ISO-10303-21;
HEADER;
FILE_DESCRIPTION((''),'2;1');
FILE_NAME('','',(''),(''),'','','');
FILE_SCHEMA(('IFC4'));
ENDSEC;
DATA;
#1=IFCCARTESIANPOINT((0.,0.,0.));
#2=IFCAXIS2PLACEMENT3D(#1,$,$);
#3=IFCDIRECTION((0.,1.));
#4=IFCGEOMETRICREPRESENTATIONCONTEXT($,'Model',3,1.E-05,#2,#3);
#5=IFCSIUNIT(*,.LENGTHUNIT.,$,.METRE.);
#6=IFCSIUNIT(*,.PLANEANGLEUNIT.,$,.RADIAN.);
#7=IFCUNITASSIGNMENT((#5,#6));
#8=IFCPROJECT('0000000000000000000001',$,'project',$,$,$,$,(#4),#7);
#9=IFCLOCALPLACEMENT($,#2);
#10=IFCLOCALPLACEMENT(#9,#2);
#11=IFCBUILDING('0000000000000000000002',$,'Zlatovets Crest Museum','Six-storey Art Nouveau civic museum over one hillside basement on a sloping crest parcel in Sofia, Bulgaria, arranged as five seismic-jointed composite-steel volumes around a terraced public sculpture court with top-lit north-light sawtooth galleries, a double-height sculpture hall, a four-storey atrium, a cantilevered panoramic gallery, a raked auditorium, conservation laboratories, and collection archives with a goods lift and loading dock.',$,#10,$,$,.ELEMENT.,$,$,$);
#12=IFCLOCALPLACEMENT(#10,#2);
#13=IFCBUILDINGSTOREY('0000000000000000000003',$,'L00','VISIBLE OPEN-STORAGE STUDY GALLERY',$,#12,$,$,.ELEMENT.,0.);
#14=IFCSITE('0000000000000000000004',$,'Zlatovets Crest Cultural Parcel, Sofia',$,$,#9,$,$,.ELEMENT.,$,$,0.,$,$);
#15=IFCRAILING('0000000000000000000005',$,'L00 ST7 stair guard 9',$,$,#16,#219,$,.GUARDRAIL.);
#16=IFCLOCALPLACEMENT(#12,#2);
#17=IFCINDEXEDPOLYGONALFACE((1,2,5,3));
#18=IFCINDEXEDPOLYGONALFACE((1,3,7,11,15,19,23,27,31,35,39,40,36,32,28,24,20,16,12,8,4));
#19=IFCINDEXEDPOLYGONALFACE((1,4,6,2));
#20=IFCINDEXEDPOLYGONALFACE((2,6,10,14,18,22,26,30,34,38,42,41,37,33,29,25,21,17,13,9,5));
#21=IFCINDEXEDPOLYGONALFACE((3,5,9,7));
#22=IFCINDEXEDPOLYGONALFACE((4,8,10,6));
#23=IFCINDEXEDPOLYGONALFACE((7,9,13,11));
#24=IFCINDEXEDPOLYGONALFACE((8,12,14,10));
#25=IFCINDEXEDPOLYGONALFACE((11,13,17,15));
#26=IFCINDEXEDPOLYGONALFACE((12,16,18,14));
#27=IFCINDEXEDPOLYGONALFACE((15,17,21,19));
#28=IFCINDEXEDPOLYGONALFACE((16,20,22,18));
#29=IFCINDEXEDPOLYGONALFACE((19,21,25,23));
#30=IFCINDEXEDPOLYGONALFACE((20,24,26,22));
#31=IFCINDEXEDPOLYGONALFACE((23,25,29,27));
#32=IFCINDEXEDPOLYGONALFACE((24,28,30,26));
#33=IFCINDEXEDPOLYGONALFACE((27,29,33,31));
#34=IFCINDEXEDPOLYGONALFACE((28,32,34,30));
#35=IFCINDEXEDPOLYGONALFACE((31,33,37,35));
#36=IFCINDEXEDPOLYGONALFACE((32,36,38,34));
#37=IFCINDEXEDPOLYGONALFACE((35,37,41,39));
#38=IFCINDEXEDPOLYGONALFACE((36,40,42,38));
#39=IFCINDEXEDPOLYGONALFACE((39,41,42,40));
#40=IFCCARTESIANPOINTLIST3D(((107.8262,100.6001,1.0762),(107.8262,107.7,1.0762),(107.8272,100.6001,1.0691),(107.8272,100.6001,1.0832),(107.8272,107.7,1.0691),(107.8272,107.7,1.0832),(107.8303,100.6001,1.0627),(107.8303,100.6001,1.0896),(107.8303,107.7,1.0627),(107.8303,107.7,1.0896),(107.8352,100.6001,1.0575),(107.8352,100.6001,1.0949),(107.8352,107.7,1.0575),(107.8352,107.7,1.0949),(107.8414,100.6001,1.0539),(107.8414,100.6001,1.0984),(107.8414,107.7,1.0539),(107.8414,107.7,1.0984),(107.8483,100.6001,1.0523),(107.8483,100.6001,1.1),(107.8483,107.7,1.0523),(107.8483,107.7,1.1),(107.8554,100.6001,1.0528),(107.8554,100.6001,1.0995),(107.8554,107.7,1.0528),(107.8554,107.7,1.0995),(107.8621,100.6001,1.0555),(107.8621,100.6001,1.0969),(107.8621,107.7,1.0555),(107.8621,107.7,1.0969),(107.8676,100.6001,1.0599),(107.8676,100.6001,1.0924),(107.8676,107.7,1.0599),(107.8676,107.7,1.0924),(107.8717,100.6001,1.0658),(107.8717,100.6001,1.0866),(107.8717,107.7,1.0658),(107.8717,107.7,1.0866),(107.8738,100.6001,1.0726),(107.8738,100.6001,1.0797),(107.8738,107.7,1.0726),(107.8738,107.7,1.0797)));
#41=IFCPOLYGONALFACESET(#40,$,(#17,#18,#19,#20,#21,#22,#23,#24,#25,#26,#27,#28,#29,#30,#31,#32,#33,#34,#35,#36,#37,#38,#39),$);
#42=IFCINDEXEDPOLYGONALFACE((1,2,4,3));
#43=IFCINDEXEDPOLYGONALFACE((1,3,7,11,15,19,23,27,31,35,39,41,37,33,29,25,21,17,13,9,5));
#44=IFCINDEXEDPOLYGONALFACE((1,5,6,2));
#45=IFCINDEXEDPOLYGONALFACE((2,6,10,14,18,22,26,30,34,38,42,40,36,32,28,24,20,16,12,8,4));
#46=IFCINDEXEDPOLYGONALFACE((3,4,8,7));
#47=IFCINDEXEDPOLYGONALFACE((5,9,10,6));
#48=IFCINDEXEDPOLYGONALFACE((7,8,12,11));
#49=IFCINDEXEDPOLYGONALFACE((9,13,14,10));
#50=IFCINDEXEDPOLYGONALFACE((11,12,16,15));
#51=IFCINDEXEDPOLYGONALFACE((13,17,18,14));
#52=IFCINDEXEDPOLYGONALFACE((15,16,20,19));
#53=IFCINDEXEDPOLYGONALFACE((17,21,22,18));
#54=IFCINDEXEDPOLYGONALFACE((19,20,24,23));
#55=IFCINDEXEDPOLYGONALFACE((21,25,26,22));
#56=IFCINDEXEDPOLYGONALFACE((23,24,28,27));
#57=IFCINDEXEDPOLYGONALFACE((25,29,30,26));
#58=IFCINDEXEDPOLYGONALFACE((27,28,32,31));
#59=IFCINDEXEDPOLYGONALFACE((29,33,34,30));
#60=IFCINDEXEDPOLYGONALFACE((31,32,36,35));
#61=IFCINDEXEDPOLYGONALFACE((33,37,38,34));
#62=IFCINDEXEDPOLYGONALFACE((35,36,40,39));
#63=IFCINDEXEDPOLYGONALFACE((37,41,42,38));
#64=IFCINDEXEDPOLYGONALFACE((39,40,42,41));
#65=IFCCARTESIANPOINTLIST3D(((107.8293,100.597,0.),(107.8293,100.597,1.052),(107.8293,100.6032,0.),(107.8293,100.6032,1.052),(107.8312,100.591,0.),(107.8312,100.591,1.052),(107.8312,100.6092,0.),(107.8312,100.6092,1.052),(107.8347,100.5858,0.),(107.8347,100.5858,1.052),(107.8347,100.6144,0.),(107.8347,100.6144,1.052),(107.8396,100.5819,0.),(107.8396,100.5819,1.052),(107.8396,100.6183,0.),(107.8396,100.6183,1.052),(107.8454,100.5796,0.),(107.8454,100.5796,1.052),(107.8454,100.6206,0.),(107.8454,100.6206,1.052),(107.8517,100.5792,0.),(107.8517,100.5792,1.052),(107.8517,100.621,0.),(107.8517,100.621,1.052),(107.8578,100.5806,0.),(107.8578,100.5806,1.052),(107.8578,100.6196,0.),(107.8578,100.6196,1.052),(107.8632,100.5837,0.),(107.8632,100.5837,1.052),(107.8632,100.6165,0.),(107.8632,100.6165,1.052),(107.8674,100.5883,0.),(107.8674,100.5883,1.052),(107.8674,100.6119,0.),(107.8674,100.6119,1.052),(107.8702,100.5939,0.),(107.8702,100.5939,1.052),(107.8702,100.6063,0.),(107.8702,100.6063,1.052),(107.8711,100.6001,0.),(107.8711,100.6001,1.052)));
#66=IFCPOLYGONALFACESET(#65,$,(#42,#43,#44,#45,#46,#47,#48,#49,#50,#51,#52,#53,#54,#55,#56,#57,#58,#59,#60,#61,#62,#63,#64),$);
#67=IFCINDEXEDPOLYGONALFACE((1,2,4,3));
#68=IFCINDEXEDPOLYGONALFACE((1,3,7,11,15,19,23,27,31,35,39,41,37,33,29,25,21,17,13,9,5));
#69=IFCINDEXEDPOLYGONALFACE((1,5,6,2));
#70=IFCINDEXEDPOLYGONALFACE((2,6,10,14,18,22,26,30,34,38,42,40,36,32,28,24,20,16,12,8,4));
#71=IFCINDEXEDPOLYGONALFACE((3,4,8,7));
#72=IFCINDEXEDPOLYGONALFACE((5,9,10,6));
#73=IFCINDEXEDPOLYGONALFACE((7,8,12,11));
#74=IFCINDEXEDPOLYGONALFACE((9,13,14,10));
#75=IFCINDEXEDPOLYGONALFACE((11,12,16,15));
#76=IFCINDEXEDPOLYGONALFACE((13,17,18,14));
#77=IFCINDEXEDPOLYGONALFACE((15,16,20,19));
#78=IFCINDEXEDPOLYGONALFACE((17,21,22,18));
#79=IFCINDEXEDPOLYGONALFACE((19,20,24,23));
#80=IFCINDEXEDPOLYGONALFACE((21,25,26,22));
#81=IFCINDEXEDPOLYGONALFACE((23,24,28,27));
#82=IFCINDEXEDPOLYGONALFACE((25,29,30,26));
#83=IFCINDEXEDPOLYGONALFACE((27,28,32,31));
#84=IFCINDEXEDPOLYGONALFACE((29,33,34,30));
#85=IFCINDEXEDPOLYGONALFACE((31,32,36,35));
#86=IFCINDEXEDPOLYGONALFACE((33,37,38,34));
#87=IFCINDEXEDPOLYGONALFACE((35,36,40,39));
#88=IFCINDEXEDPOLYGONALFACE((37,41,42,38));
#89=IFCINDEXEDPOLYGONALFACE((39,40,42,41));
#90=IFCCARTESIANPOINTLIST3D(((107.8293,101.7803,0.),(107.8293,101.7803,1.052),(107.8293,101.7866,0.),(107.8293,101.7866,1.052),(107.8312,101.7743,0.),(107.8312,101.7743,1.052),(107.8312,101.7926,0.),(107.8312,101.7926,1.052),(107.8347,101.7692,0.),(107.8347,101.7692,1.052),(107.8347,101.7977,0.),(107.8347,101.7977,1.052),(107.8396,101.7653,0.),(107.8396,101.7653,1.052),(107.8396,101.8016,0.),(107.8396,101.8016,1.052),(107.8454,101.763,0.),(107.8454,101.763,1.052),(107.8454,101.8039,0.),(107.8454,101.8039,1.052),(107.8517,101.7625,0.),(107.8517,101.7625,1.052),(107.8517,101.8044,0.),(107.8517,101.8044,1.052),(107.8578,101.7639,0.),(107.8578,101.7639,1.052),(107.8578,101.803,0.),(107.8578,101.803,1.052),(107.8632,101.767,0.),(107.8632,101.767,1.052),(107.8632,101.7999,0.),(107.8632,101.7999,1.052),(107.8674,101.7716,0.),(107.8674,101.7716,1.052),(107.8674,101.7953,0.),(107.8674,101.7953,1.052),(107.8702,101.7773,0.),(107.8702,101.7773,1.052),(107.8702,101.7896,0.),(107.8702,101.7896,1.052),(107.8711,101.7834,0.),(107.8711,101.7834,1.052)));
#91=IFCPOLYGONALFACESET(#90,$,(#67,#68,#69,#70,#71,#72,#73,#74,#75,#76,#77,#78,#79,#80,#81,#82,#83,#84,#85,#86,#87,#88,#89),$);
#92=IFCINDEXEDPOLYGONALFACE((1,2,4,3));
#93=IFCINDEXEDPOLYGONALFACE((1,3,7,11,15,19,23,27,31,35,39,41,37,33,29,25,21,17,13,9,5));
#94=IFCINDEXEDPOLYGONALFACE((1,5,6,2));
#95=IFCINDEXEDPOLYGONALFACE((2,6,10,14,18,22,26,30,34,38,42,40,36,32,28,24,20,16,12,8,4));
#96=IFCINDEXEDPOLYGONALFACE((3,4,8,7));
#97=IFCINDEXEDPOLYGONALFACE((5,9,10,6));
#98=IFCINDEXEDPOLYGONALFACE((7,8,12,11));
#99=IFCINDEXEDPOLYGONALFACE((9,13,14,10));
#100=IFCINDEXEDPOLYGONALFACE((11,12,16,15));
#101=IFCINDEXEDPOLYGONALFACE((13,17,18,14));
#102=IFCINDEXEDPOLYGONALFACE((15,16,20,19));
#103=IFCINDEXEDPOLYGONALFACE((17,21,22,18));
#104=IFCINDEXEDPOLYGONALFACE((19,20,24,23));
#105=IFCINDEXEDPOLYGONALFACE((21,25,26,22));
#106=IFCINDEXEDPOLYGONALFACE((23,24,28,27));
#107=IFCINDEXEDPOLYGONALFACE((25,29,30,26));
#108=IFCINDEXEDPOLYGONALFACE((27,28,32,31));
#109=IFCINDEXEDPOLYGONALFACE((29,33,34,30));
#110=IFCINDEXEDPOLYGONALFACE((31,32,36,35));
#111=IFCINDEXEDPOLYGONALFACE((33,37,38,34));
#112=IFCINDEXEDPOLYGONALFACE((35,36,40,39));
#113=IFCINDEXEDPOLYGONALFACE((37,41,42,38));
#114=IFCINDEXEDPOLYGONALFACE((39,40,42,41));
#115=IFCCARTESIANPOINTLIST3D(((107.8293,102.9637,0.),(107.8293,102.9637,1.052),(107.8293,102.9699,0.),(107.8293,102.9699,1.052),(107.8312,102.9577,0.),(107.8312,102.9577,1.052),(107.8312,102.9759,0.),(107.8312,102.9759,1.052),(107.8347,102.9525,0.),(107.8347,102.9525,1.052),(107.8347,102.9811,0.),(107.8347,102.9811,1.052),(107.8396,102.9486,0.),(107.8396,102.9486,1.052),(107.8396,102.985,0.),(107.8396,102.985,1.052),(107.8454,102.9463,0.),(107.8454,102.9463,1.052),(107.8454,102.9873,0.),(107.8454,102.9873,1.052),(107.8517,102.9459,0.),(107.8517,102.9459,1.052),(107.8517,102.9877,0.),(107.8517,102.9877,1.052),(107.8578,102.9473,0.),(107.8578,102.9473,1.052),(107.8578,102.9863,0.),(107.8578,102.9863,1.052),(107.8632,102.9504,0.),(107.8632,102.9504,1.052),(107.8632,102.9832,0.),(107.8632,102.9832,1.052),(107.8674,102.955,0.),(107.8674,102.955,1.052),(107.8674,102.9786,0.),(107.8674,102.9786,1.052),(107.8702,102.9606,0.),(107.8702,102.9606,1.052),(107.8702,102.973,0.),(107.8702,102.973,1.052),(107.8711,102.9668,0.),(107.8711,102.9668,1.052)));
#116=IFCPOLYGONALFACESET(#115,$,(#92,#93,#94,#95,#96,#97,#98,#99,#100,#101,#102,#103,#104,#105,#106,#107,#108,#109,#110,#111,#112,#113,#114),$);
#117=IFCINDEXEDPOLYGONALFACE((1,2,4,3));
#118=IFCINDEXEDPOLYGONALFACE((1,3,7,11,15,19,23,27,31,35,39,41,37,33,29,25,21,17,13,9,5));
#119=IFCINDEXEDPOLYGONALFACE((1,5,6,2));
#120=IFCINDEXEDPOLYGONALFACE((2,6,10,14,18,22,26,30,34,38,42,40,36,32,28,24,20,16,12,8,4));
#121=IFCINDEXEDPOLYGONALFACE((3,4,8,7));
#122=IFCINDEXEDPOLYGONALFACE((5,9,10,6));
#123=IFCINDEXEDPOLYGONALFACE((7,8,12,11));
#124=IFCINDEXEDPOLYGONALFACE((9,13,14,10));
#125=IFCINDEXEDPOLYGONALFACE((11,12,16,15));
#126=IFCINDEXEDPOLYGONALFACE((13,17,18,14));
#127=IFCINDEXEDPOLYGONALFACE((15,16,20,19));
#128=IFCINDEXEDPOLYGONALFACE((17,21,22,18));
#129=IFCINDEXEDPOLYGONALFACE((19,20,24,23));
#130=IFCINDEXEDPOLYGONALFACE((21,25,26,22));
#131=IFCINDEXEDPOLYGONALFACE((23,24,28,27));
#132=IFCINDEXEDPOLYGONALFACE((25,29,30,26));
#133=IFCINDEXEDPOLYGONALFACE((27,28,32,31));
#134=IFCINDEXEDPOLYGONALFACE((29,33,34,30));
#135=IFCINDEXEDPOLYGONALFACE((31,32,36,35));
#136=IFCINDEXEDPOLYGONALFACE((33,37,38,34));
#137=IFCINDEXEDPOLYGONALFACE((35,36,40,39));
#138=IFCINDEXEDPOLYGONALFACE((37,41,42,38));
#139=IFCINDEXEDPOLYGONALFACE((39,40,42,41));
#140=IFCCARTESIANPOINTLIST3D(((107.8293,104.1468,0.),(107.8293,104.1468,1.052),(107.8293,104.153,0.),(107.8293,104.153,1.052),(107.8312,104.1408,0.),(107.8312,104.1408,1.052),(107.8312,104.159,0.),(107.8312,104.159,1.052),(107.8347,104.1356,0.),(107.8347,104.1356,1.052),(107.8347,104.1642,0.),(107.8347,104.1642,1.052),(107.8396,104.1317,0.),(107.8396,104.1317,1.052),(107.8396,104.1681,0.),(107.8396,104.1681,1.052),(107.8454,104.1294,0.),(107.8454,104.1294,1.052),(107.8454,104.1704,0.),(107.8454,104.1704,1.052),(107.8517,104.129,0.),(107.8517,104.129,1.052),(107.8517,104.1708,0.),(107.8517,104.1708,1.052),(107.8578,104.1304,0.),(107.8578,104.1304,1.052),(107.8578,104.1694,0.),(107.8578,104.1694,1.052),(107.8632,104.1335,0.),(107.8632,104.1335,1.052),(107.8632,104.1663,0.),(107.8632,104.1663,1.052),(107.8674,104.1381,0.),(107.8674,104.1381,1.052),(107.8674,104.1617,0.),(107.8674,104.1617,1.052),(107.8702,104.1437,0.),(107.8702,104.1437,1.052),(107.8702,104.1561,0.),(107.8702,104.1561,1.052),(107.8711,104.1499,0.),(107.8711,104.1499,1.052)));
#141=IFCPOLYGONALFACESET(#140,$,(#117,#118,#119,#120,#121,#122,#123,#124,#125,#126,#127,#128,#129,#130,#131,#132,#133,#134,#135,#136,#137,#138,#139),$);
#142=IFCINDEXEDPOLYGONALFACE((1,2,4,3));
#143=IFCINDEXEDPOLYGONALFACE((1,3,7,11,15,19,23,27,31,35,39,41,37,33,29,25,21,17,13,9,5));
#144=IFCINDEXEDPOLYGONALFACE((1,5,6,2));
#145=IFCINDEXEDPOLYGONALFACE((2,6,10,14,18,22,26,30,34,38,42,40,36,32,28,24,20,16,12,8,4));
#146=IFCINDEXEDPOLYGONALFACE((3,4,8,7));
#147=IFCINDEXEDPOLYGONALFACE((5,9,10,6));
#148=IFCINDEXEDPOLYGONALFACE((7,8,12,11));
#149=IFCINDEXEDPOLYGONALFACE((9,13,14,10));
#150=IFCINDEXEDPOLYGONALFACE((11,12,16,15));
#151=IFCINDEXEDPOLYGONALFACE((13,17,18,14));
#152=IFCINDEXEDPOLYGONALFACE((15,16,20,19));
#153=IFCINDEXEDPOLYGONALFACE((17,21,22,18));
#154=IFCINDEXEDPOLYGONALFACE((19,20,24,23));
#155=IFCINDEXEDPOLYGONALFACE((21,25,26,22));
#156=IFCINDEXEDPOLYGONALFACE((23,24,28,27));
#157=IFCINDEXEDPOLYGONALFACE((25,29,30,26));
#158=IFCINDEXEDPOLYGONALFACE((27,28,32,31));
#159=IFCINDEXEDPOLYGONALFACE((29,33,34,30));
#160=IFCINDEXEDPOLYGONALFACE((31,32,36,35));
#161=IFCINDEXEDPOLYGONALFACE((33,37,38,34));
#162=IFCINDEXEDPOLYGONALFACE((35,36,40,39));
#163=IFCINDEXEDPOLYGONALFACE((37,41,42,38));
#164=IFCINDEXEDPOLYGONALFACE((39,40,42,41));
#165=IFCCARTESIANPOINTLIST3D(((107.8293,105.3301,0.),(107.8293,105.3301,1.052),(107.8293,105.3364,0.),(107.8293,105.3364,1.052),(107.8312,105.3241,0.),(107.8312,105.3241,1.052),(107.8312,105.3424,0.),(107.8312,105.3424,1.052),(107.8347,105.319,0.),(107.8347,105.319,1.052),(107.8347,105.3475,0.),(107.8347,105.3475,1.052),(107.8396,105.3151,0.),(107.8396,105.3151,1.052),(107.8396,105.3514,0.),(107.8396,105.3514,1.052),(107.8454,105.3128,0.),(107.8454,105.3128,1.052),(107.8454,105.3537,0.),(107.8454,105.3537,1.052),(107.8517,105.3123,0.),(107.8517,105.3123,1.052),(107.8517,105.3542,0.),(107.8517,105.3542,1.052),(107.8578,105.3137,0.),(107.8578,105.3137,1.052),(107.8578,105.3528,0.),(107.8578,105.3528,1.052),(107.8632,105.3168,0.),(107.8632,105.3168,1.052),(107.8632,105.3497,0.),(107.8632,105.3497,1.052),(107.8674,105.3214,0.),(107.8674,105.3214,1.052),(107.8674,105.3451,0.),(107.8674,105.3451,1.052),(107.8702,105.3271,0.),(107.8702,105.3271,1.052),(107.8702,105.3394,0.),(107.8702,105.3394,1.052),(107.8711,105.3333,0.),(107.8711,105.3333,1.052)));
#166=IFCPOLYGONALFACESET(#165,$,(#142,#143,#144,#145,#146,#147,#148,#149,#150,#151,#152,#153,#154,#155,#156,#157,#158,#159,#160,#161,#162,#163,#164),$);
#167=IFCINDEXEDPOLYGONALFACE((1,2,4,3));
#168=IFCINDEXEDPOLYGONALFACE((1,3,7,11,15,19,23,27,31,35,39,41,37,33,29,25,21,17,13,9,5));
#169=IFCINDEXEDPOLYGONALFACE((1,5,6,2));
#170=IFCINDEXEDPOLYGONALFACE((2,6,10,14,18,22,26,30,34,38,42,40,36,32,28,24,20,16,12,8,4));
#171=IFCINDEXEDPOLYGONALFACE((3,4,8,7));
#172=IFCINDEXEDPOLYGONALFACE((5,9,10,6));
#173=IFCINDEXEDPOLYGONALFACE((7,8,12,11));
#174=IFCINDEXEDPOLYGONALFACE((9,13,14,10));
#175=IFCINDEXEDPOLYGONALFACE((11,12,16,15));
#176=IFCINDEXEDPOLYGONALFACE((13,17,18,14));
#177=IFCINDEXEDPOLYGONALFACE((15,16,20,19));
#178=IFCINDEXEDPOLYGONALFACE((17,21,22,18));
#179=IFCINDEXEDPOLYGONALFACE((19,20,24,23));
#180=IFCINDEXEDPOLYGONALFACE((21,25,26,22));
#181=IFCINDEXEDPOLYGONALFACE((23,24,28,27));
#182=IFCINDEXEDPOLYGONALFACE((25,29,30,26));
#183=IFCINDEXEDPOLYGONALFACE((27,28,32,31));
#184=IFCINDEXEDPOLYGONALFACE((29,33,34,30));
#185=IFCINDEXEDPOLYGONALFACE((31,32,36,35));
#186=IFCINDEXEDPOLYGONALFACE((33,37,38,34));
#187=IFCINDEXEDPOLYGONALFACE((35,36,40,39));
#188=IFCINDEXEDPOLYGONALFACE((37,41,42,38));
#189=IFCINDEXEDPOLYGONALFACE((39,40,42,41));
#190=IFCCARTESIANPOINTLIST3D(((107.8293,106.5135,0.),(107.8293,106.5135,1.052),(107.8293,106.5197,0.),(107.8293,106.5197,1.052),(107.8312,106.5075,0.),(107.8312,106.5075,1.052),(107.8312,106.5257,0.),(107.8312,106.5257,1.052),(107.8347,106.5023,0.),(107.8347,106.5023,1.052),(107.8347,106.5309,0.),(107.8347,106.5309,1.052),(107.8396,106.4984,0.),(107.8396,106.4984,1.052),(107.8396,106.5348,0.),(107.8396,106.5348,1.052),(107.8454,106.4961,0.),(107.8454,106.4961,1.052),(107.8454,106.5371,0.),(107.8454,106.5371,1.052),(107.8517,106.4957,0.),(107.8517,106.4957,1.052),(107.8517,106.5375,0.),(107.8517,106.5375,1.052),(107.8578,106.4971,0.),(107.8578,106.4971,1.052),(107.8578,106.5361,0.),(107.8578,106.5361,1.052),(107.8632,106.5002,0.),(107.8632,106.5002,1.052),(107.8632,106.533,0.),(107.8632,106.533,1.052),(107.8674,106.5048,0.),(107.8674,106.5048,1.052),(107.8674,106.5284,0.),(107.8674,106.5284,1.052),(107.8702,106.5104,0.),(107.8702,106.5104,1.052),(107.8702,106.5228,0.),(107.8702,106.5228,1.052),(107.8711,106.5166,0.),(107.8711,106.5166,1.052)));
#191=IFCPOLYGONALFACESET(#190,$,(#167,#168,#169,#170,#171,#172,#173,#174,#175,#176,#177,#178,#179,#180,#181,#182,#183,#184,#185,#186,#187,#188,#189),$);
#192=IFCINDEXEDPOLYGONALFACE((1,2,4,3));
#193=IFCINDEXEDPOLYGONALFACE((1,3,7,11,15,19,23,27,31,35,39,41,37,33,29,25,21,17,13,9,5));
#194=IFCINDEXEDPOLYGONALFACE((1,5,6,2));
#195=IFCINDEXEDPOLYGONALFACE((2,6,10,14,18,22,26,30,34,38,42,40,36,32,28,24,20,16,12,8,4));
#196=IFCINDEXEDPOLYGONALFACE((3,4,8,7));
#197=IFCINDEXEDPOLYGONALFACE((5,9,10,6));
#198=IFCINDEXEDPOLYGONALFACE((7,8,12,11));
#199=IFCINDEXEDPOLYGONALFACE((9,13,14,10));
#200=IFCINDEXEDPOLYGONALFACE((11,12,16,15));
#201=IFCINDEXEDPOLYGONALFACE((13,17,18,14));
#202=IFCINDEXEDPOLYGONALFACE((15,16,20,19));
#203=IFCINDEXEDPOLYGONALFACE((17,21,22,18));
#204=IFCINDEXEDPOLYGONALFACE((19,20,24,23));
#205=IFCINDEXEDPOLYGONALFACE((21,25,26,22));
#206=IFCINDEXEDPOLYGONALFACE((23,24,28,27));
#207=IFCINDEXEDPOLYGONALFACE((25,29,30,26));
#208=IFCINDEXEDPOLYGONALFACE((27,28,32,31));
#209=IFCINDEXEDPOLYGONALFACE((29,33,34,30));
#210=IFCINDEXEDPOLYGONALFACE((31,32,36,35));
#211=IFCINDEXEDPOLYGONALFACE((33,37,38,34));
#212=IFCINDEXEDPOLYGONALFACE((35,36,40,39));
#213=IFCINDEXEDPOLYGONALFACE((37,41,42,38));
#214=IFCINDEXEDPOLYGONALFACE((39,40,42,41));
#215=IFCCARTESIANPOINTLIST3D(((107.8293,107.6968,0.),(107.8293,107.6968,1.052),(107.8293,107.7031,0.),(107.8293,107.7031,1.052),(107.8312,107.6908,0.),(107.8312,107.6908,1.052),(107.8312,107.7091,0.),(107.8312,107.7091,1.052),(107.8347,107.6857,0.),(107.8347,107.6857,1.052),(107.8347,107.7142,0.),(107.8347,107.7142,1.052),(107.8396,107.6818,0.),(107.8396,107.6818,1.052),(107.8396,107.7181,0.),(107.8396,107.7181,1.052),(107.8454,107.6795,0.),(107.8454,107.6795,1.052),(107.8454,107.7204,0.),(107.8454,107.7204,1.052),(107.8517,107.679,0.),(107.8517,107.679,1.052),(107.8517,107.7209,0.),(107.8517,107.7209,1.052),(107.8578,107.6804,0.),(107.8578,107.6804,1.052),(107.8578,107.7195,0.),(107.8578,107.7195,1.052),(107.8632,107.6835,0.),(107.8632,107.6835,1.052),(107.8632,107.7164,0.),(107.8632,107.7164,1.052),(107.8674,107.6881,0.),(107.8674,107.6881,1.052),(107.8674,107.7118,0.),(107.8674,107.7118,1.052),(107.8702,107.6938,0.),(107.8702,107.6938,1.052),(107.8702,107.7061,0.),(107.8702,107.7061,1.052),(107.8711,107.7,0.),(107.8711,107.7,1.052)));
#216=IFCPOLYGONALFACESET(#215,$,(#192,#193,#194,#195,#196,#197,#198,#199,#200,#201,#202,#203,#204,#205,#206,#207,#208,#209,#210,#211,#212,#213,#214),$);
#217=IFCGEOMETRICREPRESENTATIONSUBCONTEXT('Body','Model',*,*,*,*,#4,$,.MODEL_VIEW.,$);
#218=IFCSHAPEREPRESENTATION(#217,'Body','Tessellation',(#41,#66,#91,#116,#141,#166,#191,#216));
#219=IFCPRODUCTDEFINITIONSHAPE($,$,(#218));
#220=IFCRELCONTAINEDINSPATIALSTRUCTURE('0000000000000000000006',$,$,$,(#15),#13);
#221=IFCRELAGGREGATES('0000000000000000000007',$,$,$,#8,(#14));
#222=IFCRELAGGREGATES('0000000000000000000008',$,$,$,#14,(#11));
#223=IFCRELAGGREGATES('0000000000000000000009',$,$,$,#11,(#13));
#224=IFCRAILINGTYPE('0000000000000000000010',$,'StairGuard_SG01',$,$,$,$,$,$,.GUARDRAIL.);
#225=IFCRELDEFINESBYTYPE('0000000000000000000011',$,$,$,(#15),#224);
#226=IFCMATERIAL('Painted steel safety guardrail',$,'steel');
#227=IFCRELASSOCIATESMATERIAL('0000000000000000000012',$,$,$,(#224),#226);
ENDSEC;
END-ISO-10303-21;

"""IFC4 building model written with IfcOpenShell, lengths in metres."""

from ifc_helpers import new_model, si_unit, direction, frame, origin, origin_2d, place, context, subcontext, project, spatial, circle, extrude, material, type_object, element, save


model = new_model("IFC4")

# Units and contexts
model_context = context("Model", 3, precision=1e-05, world=origin(), true_north=direction((0.0, 1.0)))
body_context = subcontext(model_context, "Body", "Model", "MODEL_VIEW")
ifc_project = project(units=[si_unit("LENGTHUNIT", "METRE"), si_unit("PLANEANGLEUNIT", "RADIAN")], contexts=[model_context])

# Site, building, storey
site_placement = place(None, origin())
site = spatial("IfcSite", under=ifc_project, at=site_placement, Name="Zlatovets Crest Cultural Parcel, Sofia", CompositionType="ELEMENT", RefElevation=0.0)
building_placement = place(site_placement, origin())
building = spatial("IfcBuilding", under=site, at=building_placement, Name="Zlatovets Crest Museum", Description="Six-storey Art Nouveau civic museum over one hillside basement on a sloping crest parcel in Sofia, Bulgaria, arranged as five seismic-jointed composite-steel volumes around a terraced public sculpture court with top-lit north-light sawtooth galleries, a double-height sculpture hall, a four-storey atrium, a cantilevered panoramic gallery, a raked auditorium, conservation laboratories, and collection archives with a goods lift and loading dock.", CompositionType="ELEMENT")
storey_placement = place(building_placement, origin())
storey = spatial("IfcBuildingStorey", under=building, at=storey_placement, Name="L00", Description="VISIBLE OPEN-STORAGE STUDY GALLERY", CompositionType="ELEMENT", Elevation=0.0)

# Railing
ifc_material_1 = material(Name="Painted steel safety guardrail", Category="steel")
railing_type_1 = type_object("IfcRailingType", Name="StairGuard_SG01", PredefinedType="GUARDRAIL", material=ifc_material_1)
for number, where, name in (
    (1, (107.8501, 100.6001, 0.0), "L00 ST7 stair guard 9"),
):
    element("IfcRailing", number, at=place(storey_placement, frame(where)), inside=storey, type_object=railing_type_1, Name=name, PredefinedType="GUARDRAIL", context=body_context, shape_type="SweptSolid", body=[
        extrude(circle(Radius=0.0239, at=origin_2d()), frame((0.0, 0.0, 1.0762), z_axis=(0.0, 1.0, 0.0), x_axis=(-1.0, 0.0, 0.0)), (0.0, 0.0, 1.0), 7.0999),
        extrude(circle(Radius=0.021, at=origin_2d()), origin(), (0.0, 0.0, 1.0), 1.052),
        extrude(circle(Radius=0.021, at=origin_2d()), frame((0.0, 1.1833, 0.0)), (0.0, 0.0, 1.0), 1.052),
        extrude(circle(Radius=0.021, at=origin_2d()), frame((0.0, 2.3667, 0.0)), (0.0, 0.0, 1.0), 1.052),
        extrude(circle(Radius=0.021, at=origin_2d()), frame((0.0, 3.5498, 0.0)), (0.0, 0.0, 1.0), 1.052),
        extrude(circle(Radius=0.021, at=origin_2d()), frame((0.0, 4.7332, 0.0)), (0.0, 0.0, 1.0), 1.052),
        extrude(circle(Radius=0.021, at=origin_2d()), frame((0.0, 5.9165, 0.0)), (0.0, 0.0, 1.0), 1.052),
        extrude(circle(Radius=0.021, at=origin_2d()), frame((0.0, 7.0999, 0.0)), (0.0, 0.0, 1.0), 1.052),
    ])

save(model, "model.ifc")
